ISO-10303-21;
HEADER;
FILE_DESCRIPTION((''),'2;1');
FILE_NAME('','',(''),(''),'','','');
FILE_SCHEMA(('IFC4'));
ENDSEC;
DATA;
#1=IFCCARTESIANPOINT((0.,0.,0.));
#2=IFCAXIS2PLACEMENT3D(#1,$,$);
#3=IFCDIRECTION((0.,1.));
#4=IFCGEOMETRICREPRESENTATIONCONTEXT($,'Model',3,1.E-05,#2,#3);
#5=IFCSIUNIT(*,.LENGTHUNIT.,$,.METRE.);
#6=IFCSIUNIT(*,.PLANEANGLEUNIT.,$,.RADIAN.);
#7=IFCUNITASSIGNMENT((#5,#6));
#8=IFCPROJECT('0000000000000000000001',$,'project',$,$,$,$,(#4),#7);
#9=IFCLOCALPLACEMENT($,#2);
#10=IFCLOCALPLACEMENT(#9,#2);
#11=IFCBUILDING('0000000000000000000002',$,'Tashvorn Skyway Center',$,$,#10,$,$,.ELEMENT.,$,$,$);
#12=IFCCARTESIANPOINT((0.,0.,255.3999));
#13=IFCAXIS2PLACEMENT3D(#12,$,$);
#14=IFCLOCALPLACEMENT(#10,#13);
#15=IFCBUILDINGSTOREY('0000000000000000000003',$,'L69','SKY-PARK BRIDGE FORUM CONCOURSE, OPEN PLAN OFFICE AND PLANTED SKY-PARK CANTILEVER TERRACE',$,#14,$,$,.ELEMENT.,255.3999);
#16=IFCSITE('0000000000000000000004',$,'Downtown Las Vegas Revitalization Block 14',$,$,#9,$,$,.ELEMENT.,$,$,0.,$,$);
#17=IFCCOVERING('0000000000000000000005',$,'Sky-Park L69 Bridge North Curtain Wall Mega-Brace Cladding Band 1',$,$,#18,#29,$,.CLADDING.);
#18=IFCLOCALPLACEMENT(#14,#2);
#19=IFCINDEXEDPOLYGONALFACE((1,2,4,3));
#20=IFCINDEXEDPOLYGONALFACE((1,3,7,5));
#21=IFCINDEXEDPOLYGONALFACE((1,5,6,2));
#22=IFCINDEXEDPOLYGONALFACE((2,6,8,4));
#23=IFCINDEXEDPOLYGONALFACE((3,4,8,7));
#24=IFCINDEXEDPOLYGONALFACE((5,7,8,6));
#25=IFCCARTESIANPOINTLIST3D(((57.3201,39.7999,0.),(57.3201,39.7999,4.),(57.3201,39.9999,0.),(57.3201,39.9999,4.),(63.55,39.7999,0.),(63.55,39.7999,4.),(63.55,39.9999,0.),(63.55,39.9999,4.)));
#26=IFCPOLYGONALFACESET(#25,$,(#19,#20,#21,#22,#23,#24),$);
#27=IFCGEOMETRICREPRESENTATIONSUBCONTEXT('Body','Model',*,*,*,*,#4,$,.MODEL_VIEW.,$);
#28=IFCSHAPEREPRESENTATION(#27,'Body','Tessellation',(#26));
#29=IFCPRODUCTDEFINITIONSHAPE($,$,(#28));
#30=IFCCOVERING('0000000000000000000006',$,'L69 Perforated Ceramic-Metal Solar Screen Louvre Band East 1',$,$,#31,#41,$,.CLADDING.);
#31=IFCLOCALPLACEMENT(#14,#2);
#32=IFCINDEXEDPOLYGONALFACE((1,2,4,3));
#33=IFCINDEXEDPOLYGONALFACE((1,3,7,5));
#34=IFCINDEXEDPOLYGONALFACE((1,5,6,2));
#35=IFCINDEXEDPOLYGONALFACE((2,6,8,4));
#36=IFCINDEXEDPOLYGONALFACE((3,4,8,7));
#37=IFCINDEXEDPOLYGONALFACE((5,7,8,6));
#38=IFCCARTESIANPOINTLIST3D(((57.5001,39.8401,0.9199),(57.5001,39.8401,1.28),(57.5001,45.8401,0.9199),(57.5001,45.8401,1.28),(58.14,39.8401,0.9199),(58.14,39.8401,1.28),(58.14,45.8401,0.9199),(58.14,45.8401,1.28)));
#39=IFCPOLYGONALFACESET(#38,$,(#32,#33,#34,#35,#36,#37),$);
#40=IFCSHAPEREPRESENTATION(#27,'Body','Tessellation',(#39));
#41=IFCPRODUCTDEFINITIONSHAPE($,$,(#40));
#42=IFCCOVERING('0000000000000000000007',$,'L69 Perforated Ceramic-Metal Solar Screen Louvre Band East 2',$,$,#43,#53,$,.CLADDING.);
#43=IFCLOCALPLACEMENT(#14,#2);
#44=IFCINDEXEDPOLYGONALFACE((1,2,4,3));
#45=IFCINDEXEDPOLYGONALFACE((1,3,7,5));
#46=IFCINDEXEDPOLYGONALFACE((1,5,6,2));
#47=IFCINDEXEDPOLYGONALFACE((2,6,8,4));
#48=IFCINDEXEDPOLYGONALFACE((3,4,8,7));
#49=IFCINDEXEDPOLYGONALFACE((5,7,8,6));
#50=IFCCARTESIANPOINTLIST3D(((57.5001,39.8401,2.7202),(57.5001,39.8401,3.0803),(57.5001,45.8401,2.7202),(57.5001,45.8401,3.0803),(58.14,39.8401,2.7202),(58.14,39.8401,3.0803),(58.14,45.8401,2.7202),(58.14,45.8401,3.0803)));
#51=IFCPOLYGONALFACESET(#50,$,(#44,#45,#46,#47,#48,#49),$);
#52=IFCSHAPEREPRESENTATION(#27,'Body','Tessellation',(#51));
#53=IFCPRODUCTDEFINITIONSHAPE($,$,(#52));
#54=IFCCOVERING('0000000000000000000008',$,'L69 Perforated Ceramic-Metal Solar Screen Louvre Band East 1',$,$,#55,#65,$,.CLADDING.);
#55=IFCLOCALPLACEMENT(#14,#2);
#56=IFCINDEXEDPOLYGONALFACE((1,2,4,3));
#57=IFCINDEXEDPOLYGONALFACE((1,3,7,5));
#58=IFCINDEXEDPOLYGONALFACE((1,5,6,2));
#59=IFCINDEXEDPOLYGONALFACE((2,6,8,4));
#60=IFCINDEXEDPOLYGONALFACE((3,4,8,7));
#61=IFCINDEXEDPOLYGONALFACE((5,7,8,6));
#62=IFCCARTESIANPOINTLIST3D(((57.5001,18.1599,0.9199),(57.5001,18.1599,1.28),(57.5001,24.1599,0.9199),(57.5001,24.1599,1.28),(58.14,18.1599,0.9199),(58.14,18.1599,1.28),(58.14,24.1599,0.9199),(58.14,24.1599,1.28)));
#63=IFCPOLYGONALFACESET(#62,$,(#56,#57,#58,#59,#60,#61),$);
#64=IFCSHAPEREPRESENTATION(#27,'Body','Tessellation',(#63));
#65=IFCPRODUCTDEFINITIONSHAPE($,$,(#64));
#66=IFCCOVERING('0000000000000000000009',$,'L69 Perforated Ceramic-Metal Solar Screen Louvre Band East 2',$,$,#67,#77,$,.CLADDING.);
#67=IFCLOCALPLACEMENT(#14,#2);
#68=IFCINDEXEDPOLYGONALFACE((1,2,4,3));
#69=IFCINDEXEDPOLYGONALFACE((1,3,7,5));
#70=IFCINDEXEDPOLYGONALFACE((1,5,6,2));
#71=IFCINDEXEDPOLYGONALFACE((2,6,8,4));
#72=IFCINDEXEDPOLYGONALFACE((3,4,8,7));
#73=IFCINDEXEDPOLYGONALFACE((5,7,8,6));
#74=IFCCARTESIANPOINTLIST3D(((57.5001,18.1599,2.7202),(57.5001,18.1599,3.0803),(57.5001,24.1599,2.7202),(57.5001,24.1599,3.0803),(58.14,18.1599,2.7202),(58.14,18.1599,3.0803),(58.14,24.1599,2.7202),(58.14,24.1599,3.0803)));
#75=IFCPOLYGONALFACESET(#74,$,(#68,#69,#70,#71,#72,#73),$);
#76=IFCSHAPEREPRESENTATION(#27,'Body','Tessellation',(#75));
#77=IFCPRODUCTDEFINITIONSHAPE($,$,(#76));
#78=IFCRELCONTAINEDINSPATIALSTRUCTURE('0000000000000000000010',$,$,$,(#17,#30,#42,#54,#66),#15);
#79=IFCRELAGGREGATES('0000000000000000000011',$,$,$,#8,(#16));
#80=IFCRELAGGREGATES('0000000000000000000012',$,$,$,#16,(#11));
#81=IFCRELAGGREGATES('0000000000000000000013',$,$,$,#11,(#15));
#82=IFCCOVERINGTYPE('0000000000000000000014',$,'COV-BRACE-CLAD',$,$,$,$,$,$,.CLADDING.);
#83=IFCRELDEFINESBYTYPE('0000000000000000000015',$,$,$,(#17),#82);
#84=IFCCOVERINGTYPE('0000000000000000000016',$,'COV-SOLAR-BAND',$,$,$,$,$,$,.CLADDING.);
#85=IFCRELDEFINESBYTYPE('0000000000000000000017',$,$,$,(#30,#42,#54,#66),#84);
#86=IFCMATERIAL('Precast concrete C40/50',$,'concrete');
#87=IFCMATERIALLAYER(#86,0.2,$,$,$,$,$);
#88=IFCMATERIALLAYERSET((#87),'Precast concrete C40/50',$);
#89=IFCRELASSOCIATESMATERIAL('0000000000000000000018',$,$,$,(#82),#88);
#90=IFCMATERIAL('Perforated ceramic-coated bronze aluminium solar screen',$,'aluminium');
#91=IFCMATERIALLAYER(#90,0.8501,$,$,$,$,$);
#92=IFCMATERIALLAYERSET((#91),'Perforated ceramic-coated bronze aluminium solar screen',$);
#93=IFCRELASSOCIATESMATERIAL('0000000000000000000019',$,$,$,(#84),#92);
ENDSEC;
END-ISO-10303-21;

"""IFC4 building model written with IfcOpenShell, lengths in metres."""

from ifc_helpers import new_model, si_unit, direction, frame, origin, origin_2d, place, context, subcontext, project, spatial, rectangle, extrude, material, layer, layer_set, type_object, element, save


model = new_model("IFC4")

# Units and contexts
model_context = context("Model", 3, precision=1e-05, world=origin(), true_north=direction((0.0, 1.0)))
body_context = subcontext(model_context, "Body", "Model", "MODEL_VIEW")
ifc_project = project(units=[si_unit("LENGTHUNIT", "METRE"), si_unit("PLANEANGLEUNIT", "RADIAN")], contexts=[model_context])

# Site, building, storey
site_placement = place(None, origin())
site = spatial("IfcSite", under=ifc_project, at=site_placement, Name="Downtown Las Vegas Revitalization Block 14", CompositionType="ELEMENT", RefElevation=0.0)
building_placement = place(site_placement, origin())
building = spatial("IfcBuilding", under=site, at=building_placement, Name="Tashvorn Skyway Center", CompositionType="ELEMENT")
storey_placement = place(building_placement, frame((0.0, 0.0, 255.3999)))
storey = spatial("IfcBuildingStorey", under=building, at=storey_placement, Name="L69", Description="SKY-PARK BRIDGE FORUM CONCOURSE, OPEN PLAN OFFICE AND PLANTED SKY-PARK CANTILEVER TERRACE", CompositionType="ELEMENT", Elevation=255.3999)

# Shared definitions
ifc_material_1 = material(Name="Precast concrete C40/50", Category="concrete")

# Coverings
ifc_layer_1 = layer(ifc_material_1, 0.2)
ifc_layer_set_1 = layer_set([ifc_layer_1], Name="Precast concrete C40/50")
covering_type_1 = type_object("IfcCoveringType", Name="COV-BRACE-CLAD", PredefinedType="CLADDING", material=ifc_layer_set_1)
for number, where, z_axis, x_axis, name in (
    (1, (60.4351, 39.8999, 0.0), (0.0, 0.0, 1.0), (1.0, 0.0, 0.0), "Sky-Park L69 Bridge North Curtain Wall Mega-Brace Cladding Band 1"),
):
    element("IfcCovering", number, at=place(storey_placement, frame(where, z_axis=z_axis, x_axis=x_axis)), inside=storey, type_object=covering_type_1, Name=name, PredefinedType="CLADDING", context=body_context, shape_type="SweptSolid", body=[
        extrude(rectangle(XDim=6.23, YDim=0.2, at=origin_2d()), origin(), (0.0, 0.0, 1.0), 4.0),
    ])
ifc_material_2 = material(Name="Perforated ceramic-coated bronze aluminium solar screen", Category="aluminium")
ifc_layer_2 = layer(ifc_material_2, 0.8501)
ifc_layer_set_2 = layer_set([ifc_layer_2], Name="Perforated ceramic-coated bronze aluminium solar screen")
covering_type_2 = type_object("IfcCoveringType", Name="COV-SOLAR-BAND", PredefinedType="CLADDING", material=ifc_layer_set_2)
for number, where, z_axis, x_axis, name in (
    (2, (57.8201, 42.8401, 0.9199), (0.0, 0.0, 1.0), (0.0, -1.0, 0.0), "L69 Perforated Ceramic-Metal Solar Screen Louvre Band East 1"),
    (3, (57.8201, 42.8401, 2.7202), (0.0, 0.0, 1.0), (0.0, -1.0, 0.0), "L69 Perforated Ceramic-Metal Solar Screen Louvre Band East 2"),
    (4, (57.8201, 21.1599, 0.9199), (0.0, 0.0, 1.0), (0.0, -1.0, 0.0), "L69 Perforated Ceramic-Metal Solar Screen Louvre Band East 1"),
    (5, (57.8201, 21.1599, 2.7202), (0.0, 0.0, 1.0), (0.0, -1.0, 0.0), "L69 Perforated Ceramic-Metal Solar Screen Louvre Band East 2"),
):
    element("IfcCovering", number, at=place(storey_placement, frame(where, z_axis=z_axis, x_axis=x_axis)), inside=storey, type_object=covering_type_2, Name=name, PredefinedType="CLADDING", context=body_context, shape_type="SweptSolid", body=[
        extrude(rectangle(XDim=6.0, YDim=0.6399, at=origin_2d()), origin(), (0.0, 0.0, 1.0), 0.3601),
    ])

save(model, "model.ifc")
